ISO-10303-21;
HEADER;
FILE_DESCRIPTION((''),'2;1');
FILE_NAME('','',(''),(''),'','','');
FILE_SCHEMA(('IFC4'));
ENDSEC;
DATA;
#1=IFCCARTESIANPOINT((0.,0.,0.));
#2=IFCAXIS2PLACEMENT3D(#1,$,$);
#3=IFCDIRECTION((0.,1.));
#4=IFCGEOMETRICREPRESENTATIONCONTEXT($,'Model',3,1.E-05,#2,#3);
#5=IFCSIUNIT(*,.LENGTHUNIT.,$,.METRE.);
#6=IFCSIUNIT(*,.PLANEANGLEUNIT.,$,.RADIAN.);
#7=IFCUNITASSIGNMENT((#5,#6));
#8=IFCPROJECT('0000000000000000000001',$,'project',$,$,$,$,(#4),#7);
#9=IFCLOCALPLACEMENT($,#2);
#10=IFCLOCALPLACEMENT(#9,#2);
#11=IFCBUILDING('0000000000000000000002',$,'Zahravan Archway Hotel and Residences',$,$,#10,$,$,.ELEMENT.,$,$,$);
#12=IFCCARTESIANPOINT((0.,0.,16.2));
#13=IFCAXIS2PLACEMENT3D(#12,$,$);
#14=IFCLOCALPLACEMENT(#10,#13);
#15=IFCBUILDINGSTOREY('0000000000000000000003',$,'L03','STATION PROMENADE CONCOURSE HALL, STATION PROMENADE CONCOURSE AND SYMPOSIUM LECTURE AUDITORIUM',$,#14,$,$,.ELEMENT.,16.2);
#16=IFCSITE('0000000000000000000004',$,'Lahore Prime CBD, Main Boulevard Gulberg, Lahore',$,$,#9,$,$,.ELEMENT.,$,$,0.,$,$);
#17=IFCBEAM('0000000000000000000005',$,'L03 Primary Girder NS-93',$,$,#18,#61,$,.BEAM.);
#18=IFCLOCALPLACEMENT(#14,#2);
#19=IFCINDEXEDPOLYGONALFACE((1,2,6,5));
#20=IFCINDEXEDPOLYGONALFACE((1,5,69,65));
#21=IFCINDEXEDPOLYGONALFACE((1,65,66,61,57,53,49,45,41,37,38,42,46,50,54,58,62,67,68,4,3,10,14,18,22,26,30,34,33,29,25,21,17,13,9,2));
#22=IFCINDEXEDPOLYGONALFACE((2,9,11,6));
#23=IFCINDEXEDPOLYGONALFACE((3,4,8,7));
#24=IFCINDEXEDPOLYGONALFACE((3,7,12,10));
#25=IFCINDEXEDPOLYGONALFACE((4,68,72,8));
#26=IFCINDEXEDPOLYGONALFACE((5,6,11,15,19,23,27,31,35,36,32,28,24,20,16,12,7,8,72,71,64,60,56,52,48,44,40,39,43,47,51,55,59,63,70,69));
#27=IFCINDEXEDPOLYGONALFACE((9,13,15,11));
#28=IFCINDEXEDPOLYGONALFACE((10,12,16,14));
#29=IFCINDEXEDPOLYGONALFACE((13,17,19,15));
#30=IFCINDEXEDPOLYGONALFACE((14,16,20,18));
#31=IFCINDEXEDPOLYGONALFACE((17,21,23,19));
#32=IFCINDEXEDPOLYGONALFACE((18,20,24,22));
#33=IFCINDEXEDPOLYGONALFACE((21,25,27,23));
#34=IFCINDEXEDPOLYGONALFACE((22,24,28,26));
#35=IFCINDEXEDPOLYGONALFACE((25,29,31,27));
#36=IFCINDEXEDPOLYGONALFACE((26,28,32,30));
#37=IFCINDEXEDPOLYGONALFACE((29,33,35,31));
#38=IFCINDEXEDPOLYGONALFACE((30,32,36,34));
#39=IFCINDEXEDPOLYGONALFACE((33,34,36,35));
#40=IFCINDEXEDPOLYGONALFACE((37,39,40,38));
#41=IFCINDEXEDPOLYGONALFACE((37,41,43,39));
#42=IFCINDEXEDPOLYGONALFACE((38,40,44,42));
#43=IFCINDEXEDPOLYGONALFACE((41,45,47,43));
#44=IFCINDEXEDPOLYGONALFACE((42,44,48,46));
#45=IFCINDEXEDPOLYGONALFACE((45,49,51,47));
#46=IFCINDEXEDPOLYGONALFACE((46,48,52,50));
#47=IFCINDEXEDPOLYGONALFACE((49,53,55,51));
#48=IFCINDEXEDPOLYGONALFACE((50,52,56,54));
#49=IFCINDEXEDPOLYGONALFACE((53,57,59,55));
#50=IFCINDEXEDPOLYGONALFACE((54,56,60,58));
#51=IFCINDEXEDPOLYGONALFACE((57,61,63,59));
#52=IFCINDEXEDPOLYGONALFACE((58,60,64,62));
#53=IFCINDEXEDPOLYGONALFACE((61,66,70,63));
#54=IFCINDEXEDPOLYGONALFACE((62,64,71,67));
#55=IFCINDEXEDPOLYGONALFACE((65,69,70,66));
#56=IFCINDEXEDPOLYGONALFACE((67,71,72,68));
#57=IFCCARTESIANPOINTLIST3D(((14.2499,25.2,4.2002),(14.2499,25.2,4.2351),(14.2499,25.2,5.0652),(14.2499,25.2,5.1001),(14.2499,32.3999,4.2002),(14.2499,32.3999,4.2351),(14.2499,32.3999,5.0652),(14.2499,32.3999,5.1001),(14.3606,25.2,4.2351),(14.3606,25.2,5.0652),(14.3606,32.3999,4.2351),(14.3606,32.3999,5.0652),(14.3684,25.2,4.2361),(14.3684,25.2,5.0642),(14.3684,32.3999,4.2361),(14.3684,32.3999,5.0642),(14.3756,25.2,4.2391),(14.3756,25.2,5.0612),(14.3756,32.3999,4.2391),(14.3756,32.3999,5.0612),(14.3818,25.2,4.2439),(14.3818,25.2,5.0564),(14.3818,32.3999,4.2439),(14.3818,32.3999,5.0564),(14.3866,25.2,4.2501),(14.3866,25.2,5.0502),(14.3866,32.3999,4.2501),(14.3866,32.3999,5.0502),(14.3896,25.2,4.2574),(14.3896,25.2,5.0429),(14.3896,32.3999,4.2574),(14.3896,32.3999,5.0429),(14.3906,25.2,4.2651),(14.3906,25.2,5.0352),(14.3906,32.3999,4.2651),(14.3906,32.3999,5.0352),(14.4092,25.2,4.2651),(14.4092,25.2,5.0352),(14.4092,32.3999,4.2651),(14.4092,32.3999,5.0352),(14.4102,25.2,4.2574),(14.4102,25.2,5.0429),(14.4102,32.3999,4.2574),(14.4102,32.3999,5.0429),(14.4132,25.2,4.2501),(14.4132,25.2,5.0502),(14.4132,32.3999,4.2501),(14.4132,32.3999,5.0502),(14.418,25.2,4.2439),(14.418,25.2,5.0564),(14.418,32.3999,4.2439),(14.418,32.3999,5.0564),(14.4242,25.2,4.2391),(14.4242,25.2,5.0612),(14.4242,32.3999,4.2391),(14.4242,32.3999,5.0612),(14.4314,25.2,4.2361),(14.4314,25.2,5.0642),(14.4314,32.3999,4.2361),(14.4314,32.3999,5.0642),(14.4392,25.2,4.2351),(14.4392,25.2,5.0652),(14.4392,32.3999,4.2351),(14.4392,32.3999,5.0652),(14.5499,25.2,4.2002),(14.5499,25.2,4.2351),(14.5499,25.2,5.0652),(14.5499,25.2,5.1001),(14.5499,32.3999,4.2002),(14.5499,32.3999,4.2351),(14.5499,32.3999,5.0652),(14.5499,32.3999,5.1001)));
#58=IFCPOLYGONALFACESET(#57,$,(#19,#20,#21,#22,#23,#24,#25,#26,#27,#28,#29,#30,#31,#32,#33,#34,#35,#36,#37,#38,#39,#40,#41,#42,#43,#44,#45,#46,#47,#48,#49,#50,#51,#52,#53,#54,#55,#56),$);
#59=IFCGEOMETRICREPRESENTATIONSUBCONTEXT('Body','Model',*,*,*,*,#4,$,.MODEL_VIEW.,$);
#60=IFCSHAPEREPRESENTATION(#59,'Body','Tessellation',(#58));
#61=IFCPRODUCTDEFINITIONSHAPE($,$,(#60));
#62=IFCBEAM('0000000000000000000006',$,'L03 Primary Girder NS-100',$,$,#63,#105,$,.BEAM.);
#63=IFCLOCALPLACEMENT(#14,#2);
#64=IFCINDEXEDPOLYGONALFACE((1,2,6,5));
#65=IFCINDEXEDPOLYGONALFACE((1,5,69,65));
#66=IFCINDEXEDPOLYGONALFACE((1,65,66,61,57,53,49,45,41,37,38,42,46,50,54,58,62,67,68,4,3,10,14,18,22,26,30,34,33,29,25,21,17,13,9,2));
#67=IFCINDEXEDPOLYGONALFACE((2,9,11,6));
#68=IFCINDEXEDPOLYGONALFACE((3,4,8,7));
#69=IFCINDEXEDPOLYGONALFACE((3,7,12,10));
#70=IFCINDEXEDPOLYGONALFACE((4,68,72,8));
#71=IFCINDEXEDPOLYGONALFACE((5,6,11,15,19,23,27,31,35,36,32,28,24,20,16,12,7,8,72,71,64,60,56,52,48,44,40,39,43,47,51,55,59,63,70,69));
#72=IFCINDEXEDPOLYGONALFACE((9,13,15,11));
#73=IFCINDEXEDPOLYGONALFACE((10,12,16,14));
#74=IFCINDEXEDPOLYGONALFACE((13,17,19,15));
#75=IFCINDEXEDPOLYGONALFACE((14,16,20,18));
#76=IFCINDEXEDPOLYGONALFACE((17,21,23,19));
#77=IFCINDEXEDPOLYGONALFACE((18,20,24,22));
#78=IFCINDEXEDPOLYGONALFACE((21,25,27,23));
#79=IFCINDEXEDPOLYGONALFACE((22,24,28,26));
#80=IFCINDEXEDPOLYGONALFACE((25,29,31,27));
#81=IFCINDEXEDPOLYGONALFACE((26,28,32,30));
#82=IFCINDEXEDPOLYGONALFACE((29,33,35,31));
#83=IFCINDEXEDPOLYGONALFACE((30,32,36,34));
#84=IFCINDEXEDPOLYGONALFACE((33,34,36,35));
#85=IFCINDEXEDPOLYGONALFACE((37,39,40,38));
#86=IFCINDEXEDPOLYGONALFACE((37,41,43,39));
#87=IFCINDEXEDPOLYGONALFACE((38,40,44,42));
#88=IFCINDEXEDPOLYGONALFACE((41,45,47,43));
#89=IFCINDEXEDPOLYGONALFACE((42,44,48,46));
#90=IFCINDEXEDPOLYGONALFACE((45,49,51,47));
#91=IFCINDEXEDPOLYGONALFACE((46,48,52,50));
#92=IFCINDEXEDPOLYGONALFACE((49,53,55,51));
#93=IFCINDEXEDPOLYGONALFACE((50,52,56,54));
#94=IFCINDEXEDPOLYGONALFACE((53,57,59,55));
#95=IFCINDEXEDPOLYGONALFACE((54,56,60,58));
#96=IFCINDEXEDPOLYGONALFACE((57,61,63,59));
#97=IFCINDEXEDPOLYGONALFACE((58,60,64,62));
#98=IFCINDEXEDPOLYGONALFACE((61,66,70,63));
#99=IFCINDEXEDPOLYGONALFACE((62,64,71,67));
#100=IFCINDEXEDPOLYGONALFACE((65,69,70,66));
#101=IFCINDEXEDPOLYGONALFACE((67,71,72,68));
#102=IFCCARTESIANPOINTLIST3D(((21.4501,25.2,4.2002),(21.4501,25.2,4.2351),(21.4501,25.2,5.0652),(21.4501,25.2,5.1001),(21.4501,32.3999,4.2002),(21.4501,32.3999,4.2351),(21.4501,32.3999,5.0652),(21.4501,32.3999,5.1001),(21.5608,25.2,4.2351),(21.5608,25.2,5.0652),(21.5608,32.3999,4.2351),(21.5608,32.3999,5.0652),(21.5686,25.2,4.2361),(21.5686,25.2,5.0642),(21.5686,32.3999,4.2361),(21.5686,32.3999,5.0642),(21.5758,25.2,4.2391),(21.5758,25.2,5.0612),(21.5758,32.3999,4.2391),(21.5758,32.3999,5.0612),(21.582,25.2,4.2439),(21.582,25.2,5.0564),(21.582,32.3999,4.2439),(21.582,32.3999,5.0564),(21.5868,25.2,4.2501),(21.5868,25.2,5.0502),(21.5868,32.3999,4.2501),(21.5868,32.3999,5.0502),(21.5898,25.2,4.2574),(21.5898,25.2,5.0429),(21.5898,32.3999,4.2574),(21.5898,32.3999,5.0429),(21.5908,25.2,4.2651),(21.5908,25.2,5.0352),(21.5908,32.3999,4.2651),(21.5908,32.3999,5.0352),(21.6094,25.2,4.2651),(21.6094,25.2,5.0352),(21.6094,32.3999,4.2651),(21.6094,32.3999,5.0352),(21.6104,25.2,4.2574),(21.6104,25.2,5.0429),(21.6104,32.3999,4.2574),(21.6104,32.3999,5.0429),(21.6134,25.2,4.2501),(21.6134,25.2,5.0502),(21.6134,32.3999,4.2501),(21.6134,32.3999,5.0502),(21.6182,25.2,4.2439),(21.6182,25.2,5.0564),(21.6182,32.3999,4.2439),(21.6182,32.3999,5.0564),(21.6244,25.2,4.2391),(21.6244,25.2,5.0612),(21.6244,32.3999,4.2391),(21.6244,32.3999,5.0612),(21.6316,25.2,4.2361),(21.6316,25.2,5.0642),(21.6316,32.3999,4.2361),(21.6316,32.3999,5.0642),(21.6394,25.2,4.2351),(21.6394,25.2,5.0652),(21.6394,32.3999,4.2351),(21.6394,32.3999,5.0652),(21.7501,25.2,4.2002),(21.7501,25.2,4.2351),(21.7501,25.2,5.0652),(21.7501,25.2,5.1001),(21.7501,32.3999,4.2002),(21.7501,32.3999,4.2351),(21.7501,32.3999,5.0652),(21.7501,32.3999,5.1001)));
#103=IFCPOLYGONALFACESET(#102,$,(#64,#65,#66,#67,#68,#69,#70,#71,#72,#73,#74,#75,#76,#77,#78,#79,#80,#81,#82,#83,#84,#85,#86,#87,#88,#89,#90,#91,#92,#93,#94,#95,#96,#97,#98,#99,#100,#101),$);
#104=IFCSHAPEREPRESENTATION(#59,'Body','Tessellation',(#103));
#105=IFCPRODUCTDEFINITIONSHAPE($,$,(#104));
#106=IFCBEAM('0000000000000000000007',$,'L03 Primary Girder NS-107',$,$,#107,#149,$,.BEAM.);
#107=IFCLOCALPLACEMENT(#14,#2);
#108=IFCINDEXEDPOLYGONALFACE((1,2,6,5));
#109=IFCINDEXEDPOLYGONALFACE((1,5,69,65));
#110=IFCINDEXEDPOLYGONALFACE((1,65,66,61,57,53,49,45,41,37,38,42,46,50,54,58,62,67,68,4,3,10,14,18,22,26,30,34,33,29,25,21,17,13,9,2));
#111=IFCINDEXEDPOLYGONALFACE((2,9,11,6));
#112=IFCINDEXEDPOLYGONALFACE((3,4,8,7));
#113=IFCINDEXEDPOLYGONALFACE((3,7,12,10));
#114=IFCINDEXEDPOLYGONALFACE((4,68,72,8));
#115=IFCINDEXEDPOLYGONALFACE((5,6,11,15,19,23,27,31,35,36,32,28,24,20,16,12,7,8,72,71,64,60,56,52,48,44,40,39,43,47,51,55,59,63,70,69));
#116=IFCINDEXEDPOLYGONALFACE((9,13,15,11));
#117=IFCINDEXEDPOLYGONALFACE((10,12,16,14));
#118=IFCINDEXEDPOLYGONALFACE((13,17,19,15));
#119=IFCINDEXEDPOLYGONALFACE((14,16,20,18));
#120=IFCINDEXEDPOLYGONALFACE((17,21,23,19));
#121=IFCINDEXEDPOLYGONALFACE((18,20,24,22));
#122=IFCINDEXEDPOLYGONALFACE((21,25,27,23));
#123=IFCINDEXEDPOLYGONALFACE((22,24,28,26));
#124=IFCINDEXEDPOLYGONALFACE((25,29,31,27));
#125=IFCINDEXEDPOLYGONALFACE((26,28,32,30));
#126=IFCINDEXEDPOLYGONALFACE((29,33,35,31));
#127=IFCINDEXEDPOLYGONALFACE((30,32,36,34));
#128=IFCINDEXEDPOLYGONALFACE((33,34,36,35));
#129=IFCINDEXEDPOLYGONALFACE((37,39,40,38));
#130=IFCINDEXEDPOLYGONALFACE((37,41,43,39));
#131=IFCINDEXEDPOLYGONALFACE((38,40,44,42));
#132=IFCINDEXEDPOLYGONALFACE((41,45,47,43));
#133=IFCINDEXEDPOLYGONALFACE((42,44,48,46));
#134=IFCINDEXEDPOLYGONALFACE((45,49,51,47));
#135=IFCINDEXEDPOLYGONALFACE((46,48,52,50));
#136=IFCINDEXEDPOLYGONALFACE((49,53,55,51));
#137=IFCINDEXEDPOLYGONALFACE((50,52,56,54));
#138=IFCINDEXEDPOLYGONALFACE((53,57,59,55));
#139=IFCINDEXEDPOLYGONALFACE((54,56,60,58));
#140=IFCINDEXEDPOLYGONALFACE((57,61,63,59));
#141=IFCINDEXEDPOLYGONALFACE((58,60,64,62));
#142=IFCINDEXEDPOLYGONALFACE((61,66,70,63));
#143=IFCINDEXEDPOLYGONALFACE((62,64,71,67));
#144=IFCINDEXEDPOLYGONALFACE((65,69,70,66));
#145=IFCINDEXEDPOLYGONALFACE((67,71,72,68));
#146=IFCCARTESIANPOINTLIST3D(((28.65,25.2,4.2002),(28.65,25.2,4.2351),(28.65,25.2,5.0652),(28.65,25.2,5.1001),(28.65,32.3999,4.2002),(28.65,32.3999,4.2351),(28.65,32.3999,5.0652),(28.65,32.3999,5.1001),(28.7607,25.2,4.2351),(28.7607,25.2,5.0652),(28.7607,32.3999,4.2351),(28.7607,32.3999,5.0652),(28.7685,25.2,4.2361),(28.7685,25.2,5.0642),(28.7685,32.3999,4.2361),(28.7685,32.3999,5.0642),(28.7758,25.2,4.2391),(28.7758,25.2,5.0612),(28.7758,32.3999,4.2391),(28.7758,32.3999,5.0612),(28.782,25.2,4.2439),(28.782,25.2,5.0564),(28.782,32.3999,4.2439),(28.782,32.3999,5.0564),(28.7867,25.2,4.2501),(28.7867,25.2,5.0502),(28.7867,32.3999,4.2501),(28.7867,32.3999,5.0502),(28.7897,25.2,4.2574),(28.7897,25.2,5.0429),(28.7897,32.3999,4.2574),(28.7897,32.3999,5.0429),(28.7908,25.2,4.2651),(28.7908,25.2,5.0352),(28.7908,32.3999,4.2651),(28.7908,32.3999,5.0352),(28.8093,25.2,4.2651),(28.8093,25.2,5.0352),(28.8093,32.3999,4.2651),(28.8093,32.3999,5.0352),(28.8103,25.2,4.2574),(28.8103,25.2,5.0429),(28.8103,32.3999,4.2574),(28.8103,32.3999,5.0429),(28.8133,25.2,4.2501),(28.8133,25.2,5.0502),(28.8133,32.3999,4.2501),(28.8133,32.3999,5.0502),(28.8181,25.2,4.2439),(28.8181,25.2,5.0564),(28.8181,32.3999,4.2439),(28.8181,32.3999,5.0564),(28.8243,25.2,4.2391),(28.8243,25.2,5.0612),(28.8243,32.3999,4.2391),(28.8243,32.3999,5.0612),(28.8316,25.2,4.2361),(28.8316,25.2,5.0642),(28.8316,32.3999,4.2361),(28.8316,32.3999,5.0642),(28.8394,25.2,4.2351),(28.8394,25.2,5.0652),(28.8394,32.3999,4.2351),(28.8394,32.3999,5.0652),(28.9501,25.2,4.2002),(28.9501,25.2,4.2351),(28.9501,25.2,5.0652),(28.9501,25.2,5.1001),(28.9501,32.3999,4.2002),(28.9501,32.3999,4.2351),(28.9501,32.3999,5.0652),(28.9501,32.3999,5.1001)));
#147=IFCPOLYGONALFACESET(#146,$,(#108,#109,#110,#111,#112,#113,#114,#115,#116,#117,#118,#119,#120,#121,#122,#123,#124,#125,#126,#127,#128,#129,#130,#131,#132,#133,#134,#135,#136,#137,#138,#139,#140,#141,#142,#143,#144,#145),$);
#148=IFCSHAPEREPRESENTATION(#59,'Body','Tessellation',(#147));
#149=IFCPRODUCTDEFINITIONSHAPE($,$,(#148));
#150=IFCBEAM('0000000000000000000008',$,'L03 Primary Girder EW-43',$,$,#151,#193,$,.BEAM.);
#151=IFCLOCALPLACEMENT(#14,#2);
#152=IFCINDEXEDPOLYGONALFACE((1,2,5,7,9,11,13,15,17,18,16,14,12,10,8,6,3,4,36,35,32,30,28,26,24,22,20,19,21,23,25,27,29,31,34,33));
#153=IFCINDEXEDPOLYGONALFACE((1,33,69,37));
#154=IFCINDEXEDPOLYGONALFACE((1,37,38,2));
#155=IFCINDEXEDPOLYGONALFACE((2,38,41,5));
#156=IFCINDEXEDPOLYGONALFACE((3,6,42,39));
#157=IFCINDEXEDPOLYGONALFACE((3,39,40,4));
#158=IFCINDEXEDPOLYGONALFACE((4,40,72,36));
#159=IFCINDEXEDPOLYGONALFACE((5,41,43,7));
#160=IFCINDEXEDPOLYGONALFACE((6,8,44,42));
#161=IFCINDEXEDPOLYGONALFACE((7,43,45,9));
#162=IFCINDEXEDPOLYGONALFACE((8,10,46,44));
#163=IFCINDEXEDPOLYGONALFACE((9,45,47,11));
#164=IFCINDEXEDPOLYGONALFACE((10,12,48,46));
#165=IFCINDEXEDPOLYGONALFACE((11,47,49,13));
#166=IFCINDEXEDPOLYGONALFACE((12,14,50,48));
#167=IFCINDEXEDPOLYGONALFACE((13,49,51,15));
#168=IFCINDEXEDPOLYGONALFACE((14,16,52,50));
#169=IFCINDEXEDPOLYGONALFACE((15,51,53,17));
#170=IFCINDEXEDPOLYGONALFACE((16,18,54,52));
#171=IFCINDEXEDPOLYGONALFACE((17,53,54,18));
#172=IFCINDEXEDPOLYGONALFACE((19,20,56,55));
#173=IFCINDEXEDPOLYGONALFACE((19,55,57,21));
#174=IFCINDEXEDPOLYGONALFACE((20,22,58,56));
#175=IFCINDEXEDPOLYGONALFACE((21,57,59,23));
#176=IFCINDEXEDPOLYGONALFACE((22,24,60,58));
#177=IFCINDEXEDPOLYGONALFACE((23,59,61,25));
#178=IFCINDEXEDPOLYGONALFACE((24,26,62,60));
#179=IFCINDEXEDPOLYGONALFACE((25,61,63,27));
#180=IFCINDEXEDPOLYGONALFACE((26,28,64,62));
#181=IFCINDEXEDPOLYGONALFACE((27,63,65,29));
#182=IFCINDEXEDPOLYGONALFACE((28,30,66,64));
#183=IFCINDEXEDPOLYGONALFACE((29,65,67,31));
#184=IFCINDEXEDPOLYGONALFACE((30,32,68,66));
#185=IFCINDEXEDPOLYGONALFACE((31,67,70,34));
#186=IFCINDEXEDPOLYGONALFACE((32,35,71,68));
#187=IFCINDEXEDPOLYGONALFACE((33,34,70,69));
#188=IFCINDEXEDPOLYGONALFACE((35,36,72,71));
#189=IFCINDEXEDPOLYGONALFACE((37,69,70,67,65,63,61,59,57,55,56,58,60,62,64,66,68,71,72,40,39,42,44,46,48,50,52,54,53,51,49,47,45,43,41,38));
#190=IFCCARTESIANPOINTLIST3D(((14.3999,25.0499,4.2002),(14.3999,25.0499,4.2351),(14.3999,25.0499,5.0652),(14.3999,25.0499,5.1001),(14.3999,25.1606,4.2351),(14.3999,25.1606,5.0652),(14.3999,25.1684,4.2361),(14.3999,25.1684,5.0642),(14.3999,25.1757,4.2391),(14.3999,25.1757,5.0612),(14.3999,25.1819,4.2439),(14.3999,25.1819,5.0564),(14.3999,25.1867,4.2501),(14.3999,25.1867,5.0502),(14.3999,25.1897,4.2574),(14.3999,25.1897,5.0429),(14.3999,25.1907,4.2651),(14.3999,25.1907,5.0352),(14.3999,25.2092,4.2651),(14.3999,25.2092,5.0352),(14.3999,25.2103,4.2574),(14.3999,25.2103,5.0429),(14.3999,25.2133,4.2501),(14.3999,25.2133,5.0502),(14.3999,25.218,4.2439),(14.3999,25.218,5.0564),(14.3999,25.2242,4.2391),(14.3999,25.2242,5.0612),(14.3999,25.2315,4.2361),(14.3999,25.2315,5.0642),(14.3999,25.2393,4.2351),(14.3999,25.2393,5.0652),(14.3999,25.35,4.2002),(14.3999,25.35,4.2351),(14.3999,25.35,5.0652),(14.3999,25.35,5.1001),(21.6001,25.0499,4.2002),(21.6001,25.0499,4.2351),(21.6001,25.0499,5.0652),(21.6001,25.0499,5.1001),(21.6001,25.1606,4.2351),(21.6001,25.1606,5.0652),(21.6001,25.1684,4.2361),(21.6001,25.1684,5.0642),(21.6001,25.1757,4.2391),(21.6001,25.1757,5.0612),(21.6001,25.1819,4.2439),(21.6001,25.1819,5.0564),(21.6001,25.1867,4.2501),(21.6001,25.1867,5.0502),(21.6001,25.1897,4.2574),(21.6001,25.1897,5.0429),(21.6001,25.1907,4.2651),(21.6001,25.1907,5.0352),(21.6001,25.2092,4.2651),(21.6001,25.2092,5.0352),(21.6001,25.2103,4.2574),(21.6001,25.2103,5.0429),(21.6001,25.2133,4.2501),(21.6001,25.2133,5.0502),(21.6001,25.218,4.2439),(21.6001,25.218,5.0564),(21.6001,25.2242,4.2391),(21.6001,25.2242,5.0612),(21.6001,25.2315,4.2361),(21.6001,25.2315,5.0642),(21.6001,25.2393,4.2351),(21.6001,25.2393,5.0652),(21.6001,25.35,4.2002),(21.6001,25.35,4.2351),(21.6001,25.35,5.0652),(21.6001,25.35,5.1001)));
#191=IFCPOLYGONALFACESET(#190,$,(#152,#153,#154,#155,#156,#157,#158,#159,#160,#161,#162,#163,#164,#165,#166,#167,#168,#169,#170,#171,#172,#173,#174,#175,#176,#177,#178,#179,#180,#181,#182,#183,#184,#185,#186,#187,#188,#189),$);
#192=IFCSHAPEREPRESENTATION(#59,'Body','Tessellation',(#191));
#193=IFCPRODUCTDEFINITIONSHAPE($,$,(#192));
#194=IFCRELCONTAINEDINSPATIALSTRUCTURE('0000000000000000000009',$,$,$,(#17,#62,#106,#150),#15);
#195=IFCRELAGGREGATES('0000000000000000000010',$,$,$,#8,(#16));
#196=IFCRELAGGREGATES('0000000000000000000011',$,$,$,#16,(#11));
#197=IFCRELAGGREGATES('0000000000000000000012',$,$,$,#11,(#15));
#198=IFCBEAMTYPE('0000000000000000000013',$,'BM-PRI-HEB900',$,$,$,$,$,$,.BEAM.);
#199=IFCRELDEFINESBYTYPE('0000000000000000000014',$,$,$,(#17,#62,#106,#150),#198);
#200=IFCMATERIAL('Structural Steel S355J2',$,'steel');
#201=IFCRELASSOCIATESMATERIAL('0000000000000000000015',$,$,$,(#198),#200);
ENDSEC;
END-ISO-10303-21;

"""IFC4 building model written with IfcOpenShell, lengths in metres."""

from ifc_helpers import new_model, si_unit, direction, frame, origin, origin_2d, place, context, subcontext, project, spatial, i_section, extrude, source, transform, mapped, material, material_profile, profile_set, type_object, element, save


model = new_model("IFC4")

# Units and contexts
model_context = context("Model", 3, precision=1e-05, world=origin(), true_north=direction((0.0, 1.0)))
body_context = subcontext(model_context, "Body", "Model", "MODEL_VIEW")
ifc_project = project(units=[si_unit("LENGTHUNIT", "METRE"), si_unit("PLANEANGLEUNIT", "RADIAN")], contexts=[model_context])

# Site, building, storey
site_placement = place(None, origin())
site = spatial("IfcSite", under=ifc_project, at=site_placement, Name="Lahore Prime CBD, Main Boulevard Gulberg, Lahore", CompositionType="ELEMENT", RefElevation=0.0)
building_placement = place(site_placement, origin())
building = spatial("IfcBuilding", under=site, at=building_placement, Name="Zahravan Archway Hotel and Residences", CompositionType="ELEMENT")
storey_placement = place(building_placement, frame((0.0, 0.0, 16.2)))
storey = spatial("IfcBuildingStorey", under=building, at=storey_placement, Name="L03", Description="STATION PROMENADE CONCOURSE HALL, STATION PROMENADE CONCOURSE AND SYMPOSIUM LECTURE AUDITORIUM", CompositionType="ELEMENT", Elevation=16.2)

# Beams
ifc_material_1 = material(Name="Structural Steel S355J2", Category="steel")
ifc_material_profile_1 = material_profile(ifc_material_1, i_section(OverallWidth=0.3, OverallDepth=0.8999, WebThickness=0.0186, FlangeThickness=0.0349, FilletRadius=0.03, at=origin_2d()), Name="HEB 900", Category="steel")
ifc_profile_set_1 = profile_set([ifc_material_profile_1], Name="Structural Steel S355J2")
beam_type_1 = type_object("IfcBeamType", Name="BM-PRI-HEB900", PredefinedType="BEAM", material=ifc_profile_set_1)
shared_shape_1 = source(origin(), body_context, "Body", "SweptSolid", [
    extrude(i_section(OverallWidth=0.3, OverallDepth=0.8999, WebThickness=0.0186, FlangeThickness=0.0349, FilletRadius=0.03, at=origin_2d()), origin(), (0.0, 0.0, 1.0), 7.2),
])
for number, where, z_axis, x_axis, name in (
    (1, (14.3999, 25.2, 4.6501), (0.0, 1.0, 0.0), (-1.0, 0.0, 0.0), "L03 Primary Girder NS-93"),
    (2, (21.6001, 25.2, 4.6501), (0.0, 1.0, 0.0), (-1.0, 0.0, 0.0), "L03 Primary Girder NS-100"),
    (3, (28.8, 25.2, 4.6501), (0.0, 1.0, 0.0), (-1.0, 0.0, 0.0), "L03 Primary Girder NS-107"),
):
    element("IfcBeam", number, at=place(storey_placement, frame(where, z_axis=z_axis, x_axis=x_axis)), inside=storey, type_object=beam_type_1, Name=name, PredefinedType="BEAM", context=body_context, shape_type="MappedRepresentation", body=[
        mapped(shared_shape_1, transform((0.0, 0.0, 0.0), scale=1.0)),
    ])
shared_shape_2 = source(origin(), body_context, "Body", "SweptSolid", [
    extrude(i_section(OverallWidth=0.3, OverallDepth=0.8999, WebThickness=0.0186, FlangeThickness=0.0349, FilletRadius=0.03, at=origin_2d()), origin(), (0.0, 0.0, 1.0), 7.2002),
])
for number, where, z_axis, x_axis, name in (
    (4, (14.3999, 25.2, 4.6501), (1.0, 0.0, 0.0), (0.0, 1.0, 0.0), "L03 Primary Girder EW-43"),
):
    element("IfcBeam", number, at=place(storey_placement, frame(where, z_axis=z_axis, x_axis=x_axis)), inside=storey, type_object=beam_type_1, Name=name, PredefinedType="BEAM", context=body_context, shape_type="MappedRepresentation", body=[
        mapped(shared_shape_2, transform((0.0, 0.0, 0.0), scale=1.0)),
    ])

save(model, "model.ifc")
